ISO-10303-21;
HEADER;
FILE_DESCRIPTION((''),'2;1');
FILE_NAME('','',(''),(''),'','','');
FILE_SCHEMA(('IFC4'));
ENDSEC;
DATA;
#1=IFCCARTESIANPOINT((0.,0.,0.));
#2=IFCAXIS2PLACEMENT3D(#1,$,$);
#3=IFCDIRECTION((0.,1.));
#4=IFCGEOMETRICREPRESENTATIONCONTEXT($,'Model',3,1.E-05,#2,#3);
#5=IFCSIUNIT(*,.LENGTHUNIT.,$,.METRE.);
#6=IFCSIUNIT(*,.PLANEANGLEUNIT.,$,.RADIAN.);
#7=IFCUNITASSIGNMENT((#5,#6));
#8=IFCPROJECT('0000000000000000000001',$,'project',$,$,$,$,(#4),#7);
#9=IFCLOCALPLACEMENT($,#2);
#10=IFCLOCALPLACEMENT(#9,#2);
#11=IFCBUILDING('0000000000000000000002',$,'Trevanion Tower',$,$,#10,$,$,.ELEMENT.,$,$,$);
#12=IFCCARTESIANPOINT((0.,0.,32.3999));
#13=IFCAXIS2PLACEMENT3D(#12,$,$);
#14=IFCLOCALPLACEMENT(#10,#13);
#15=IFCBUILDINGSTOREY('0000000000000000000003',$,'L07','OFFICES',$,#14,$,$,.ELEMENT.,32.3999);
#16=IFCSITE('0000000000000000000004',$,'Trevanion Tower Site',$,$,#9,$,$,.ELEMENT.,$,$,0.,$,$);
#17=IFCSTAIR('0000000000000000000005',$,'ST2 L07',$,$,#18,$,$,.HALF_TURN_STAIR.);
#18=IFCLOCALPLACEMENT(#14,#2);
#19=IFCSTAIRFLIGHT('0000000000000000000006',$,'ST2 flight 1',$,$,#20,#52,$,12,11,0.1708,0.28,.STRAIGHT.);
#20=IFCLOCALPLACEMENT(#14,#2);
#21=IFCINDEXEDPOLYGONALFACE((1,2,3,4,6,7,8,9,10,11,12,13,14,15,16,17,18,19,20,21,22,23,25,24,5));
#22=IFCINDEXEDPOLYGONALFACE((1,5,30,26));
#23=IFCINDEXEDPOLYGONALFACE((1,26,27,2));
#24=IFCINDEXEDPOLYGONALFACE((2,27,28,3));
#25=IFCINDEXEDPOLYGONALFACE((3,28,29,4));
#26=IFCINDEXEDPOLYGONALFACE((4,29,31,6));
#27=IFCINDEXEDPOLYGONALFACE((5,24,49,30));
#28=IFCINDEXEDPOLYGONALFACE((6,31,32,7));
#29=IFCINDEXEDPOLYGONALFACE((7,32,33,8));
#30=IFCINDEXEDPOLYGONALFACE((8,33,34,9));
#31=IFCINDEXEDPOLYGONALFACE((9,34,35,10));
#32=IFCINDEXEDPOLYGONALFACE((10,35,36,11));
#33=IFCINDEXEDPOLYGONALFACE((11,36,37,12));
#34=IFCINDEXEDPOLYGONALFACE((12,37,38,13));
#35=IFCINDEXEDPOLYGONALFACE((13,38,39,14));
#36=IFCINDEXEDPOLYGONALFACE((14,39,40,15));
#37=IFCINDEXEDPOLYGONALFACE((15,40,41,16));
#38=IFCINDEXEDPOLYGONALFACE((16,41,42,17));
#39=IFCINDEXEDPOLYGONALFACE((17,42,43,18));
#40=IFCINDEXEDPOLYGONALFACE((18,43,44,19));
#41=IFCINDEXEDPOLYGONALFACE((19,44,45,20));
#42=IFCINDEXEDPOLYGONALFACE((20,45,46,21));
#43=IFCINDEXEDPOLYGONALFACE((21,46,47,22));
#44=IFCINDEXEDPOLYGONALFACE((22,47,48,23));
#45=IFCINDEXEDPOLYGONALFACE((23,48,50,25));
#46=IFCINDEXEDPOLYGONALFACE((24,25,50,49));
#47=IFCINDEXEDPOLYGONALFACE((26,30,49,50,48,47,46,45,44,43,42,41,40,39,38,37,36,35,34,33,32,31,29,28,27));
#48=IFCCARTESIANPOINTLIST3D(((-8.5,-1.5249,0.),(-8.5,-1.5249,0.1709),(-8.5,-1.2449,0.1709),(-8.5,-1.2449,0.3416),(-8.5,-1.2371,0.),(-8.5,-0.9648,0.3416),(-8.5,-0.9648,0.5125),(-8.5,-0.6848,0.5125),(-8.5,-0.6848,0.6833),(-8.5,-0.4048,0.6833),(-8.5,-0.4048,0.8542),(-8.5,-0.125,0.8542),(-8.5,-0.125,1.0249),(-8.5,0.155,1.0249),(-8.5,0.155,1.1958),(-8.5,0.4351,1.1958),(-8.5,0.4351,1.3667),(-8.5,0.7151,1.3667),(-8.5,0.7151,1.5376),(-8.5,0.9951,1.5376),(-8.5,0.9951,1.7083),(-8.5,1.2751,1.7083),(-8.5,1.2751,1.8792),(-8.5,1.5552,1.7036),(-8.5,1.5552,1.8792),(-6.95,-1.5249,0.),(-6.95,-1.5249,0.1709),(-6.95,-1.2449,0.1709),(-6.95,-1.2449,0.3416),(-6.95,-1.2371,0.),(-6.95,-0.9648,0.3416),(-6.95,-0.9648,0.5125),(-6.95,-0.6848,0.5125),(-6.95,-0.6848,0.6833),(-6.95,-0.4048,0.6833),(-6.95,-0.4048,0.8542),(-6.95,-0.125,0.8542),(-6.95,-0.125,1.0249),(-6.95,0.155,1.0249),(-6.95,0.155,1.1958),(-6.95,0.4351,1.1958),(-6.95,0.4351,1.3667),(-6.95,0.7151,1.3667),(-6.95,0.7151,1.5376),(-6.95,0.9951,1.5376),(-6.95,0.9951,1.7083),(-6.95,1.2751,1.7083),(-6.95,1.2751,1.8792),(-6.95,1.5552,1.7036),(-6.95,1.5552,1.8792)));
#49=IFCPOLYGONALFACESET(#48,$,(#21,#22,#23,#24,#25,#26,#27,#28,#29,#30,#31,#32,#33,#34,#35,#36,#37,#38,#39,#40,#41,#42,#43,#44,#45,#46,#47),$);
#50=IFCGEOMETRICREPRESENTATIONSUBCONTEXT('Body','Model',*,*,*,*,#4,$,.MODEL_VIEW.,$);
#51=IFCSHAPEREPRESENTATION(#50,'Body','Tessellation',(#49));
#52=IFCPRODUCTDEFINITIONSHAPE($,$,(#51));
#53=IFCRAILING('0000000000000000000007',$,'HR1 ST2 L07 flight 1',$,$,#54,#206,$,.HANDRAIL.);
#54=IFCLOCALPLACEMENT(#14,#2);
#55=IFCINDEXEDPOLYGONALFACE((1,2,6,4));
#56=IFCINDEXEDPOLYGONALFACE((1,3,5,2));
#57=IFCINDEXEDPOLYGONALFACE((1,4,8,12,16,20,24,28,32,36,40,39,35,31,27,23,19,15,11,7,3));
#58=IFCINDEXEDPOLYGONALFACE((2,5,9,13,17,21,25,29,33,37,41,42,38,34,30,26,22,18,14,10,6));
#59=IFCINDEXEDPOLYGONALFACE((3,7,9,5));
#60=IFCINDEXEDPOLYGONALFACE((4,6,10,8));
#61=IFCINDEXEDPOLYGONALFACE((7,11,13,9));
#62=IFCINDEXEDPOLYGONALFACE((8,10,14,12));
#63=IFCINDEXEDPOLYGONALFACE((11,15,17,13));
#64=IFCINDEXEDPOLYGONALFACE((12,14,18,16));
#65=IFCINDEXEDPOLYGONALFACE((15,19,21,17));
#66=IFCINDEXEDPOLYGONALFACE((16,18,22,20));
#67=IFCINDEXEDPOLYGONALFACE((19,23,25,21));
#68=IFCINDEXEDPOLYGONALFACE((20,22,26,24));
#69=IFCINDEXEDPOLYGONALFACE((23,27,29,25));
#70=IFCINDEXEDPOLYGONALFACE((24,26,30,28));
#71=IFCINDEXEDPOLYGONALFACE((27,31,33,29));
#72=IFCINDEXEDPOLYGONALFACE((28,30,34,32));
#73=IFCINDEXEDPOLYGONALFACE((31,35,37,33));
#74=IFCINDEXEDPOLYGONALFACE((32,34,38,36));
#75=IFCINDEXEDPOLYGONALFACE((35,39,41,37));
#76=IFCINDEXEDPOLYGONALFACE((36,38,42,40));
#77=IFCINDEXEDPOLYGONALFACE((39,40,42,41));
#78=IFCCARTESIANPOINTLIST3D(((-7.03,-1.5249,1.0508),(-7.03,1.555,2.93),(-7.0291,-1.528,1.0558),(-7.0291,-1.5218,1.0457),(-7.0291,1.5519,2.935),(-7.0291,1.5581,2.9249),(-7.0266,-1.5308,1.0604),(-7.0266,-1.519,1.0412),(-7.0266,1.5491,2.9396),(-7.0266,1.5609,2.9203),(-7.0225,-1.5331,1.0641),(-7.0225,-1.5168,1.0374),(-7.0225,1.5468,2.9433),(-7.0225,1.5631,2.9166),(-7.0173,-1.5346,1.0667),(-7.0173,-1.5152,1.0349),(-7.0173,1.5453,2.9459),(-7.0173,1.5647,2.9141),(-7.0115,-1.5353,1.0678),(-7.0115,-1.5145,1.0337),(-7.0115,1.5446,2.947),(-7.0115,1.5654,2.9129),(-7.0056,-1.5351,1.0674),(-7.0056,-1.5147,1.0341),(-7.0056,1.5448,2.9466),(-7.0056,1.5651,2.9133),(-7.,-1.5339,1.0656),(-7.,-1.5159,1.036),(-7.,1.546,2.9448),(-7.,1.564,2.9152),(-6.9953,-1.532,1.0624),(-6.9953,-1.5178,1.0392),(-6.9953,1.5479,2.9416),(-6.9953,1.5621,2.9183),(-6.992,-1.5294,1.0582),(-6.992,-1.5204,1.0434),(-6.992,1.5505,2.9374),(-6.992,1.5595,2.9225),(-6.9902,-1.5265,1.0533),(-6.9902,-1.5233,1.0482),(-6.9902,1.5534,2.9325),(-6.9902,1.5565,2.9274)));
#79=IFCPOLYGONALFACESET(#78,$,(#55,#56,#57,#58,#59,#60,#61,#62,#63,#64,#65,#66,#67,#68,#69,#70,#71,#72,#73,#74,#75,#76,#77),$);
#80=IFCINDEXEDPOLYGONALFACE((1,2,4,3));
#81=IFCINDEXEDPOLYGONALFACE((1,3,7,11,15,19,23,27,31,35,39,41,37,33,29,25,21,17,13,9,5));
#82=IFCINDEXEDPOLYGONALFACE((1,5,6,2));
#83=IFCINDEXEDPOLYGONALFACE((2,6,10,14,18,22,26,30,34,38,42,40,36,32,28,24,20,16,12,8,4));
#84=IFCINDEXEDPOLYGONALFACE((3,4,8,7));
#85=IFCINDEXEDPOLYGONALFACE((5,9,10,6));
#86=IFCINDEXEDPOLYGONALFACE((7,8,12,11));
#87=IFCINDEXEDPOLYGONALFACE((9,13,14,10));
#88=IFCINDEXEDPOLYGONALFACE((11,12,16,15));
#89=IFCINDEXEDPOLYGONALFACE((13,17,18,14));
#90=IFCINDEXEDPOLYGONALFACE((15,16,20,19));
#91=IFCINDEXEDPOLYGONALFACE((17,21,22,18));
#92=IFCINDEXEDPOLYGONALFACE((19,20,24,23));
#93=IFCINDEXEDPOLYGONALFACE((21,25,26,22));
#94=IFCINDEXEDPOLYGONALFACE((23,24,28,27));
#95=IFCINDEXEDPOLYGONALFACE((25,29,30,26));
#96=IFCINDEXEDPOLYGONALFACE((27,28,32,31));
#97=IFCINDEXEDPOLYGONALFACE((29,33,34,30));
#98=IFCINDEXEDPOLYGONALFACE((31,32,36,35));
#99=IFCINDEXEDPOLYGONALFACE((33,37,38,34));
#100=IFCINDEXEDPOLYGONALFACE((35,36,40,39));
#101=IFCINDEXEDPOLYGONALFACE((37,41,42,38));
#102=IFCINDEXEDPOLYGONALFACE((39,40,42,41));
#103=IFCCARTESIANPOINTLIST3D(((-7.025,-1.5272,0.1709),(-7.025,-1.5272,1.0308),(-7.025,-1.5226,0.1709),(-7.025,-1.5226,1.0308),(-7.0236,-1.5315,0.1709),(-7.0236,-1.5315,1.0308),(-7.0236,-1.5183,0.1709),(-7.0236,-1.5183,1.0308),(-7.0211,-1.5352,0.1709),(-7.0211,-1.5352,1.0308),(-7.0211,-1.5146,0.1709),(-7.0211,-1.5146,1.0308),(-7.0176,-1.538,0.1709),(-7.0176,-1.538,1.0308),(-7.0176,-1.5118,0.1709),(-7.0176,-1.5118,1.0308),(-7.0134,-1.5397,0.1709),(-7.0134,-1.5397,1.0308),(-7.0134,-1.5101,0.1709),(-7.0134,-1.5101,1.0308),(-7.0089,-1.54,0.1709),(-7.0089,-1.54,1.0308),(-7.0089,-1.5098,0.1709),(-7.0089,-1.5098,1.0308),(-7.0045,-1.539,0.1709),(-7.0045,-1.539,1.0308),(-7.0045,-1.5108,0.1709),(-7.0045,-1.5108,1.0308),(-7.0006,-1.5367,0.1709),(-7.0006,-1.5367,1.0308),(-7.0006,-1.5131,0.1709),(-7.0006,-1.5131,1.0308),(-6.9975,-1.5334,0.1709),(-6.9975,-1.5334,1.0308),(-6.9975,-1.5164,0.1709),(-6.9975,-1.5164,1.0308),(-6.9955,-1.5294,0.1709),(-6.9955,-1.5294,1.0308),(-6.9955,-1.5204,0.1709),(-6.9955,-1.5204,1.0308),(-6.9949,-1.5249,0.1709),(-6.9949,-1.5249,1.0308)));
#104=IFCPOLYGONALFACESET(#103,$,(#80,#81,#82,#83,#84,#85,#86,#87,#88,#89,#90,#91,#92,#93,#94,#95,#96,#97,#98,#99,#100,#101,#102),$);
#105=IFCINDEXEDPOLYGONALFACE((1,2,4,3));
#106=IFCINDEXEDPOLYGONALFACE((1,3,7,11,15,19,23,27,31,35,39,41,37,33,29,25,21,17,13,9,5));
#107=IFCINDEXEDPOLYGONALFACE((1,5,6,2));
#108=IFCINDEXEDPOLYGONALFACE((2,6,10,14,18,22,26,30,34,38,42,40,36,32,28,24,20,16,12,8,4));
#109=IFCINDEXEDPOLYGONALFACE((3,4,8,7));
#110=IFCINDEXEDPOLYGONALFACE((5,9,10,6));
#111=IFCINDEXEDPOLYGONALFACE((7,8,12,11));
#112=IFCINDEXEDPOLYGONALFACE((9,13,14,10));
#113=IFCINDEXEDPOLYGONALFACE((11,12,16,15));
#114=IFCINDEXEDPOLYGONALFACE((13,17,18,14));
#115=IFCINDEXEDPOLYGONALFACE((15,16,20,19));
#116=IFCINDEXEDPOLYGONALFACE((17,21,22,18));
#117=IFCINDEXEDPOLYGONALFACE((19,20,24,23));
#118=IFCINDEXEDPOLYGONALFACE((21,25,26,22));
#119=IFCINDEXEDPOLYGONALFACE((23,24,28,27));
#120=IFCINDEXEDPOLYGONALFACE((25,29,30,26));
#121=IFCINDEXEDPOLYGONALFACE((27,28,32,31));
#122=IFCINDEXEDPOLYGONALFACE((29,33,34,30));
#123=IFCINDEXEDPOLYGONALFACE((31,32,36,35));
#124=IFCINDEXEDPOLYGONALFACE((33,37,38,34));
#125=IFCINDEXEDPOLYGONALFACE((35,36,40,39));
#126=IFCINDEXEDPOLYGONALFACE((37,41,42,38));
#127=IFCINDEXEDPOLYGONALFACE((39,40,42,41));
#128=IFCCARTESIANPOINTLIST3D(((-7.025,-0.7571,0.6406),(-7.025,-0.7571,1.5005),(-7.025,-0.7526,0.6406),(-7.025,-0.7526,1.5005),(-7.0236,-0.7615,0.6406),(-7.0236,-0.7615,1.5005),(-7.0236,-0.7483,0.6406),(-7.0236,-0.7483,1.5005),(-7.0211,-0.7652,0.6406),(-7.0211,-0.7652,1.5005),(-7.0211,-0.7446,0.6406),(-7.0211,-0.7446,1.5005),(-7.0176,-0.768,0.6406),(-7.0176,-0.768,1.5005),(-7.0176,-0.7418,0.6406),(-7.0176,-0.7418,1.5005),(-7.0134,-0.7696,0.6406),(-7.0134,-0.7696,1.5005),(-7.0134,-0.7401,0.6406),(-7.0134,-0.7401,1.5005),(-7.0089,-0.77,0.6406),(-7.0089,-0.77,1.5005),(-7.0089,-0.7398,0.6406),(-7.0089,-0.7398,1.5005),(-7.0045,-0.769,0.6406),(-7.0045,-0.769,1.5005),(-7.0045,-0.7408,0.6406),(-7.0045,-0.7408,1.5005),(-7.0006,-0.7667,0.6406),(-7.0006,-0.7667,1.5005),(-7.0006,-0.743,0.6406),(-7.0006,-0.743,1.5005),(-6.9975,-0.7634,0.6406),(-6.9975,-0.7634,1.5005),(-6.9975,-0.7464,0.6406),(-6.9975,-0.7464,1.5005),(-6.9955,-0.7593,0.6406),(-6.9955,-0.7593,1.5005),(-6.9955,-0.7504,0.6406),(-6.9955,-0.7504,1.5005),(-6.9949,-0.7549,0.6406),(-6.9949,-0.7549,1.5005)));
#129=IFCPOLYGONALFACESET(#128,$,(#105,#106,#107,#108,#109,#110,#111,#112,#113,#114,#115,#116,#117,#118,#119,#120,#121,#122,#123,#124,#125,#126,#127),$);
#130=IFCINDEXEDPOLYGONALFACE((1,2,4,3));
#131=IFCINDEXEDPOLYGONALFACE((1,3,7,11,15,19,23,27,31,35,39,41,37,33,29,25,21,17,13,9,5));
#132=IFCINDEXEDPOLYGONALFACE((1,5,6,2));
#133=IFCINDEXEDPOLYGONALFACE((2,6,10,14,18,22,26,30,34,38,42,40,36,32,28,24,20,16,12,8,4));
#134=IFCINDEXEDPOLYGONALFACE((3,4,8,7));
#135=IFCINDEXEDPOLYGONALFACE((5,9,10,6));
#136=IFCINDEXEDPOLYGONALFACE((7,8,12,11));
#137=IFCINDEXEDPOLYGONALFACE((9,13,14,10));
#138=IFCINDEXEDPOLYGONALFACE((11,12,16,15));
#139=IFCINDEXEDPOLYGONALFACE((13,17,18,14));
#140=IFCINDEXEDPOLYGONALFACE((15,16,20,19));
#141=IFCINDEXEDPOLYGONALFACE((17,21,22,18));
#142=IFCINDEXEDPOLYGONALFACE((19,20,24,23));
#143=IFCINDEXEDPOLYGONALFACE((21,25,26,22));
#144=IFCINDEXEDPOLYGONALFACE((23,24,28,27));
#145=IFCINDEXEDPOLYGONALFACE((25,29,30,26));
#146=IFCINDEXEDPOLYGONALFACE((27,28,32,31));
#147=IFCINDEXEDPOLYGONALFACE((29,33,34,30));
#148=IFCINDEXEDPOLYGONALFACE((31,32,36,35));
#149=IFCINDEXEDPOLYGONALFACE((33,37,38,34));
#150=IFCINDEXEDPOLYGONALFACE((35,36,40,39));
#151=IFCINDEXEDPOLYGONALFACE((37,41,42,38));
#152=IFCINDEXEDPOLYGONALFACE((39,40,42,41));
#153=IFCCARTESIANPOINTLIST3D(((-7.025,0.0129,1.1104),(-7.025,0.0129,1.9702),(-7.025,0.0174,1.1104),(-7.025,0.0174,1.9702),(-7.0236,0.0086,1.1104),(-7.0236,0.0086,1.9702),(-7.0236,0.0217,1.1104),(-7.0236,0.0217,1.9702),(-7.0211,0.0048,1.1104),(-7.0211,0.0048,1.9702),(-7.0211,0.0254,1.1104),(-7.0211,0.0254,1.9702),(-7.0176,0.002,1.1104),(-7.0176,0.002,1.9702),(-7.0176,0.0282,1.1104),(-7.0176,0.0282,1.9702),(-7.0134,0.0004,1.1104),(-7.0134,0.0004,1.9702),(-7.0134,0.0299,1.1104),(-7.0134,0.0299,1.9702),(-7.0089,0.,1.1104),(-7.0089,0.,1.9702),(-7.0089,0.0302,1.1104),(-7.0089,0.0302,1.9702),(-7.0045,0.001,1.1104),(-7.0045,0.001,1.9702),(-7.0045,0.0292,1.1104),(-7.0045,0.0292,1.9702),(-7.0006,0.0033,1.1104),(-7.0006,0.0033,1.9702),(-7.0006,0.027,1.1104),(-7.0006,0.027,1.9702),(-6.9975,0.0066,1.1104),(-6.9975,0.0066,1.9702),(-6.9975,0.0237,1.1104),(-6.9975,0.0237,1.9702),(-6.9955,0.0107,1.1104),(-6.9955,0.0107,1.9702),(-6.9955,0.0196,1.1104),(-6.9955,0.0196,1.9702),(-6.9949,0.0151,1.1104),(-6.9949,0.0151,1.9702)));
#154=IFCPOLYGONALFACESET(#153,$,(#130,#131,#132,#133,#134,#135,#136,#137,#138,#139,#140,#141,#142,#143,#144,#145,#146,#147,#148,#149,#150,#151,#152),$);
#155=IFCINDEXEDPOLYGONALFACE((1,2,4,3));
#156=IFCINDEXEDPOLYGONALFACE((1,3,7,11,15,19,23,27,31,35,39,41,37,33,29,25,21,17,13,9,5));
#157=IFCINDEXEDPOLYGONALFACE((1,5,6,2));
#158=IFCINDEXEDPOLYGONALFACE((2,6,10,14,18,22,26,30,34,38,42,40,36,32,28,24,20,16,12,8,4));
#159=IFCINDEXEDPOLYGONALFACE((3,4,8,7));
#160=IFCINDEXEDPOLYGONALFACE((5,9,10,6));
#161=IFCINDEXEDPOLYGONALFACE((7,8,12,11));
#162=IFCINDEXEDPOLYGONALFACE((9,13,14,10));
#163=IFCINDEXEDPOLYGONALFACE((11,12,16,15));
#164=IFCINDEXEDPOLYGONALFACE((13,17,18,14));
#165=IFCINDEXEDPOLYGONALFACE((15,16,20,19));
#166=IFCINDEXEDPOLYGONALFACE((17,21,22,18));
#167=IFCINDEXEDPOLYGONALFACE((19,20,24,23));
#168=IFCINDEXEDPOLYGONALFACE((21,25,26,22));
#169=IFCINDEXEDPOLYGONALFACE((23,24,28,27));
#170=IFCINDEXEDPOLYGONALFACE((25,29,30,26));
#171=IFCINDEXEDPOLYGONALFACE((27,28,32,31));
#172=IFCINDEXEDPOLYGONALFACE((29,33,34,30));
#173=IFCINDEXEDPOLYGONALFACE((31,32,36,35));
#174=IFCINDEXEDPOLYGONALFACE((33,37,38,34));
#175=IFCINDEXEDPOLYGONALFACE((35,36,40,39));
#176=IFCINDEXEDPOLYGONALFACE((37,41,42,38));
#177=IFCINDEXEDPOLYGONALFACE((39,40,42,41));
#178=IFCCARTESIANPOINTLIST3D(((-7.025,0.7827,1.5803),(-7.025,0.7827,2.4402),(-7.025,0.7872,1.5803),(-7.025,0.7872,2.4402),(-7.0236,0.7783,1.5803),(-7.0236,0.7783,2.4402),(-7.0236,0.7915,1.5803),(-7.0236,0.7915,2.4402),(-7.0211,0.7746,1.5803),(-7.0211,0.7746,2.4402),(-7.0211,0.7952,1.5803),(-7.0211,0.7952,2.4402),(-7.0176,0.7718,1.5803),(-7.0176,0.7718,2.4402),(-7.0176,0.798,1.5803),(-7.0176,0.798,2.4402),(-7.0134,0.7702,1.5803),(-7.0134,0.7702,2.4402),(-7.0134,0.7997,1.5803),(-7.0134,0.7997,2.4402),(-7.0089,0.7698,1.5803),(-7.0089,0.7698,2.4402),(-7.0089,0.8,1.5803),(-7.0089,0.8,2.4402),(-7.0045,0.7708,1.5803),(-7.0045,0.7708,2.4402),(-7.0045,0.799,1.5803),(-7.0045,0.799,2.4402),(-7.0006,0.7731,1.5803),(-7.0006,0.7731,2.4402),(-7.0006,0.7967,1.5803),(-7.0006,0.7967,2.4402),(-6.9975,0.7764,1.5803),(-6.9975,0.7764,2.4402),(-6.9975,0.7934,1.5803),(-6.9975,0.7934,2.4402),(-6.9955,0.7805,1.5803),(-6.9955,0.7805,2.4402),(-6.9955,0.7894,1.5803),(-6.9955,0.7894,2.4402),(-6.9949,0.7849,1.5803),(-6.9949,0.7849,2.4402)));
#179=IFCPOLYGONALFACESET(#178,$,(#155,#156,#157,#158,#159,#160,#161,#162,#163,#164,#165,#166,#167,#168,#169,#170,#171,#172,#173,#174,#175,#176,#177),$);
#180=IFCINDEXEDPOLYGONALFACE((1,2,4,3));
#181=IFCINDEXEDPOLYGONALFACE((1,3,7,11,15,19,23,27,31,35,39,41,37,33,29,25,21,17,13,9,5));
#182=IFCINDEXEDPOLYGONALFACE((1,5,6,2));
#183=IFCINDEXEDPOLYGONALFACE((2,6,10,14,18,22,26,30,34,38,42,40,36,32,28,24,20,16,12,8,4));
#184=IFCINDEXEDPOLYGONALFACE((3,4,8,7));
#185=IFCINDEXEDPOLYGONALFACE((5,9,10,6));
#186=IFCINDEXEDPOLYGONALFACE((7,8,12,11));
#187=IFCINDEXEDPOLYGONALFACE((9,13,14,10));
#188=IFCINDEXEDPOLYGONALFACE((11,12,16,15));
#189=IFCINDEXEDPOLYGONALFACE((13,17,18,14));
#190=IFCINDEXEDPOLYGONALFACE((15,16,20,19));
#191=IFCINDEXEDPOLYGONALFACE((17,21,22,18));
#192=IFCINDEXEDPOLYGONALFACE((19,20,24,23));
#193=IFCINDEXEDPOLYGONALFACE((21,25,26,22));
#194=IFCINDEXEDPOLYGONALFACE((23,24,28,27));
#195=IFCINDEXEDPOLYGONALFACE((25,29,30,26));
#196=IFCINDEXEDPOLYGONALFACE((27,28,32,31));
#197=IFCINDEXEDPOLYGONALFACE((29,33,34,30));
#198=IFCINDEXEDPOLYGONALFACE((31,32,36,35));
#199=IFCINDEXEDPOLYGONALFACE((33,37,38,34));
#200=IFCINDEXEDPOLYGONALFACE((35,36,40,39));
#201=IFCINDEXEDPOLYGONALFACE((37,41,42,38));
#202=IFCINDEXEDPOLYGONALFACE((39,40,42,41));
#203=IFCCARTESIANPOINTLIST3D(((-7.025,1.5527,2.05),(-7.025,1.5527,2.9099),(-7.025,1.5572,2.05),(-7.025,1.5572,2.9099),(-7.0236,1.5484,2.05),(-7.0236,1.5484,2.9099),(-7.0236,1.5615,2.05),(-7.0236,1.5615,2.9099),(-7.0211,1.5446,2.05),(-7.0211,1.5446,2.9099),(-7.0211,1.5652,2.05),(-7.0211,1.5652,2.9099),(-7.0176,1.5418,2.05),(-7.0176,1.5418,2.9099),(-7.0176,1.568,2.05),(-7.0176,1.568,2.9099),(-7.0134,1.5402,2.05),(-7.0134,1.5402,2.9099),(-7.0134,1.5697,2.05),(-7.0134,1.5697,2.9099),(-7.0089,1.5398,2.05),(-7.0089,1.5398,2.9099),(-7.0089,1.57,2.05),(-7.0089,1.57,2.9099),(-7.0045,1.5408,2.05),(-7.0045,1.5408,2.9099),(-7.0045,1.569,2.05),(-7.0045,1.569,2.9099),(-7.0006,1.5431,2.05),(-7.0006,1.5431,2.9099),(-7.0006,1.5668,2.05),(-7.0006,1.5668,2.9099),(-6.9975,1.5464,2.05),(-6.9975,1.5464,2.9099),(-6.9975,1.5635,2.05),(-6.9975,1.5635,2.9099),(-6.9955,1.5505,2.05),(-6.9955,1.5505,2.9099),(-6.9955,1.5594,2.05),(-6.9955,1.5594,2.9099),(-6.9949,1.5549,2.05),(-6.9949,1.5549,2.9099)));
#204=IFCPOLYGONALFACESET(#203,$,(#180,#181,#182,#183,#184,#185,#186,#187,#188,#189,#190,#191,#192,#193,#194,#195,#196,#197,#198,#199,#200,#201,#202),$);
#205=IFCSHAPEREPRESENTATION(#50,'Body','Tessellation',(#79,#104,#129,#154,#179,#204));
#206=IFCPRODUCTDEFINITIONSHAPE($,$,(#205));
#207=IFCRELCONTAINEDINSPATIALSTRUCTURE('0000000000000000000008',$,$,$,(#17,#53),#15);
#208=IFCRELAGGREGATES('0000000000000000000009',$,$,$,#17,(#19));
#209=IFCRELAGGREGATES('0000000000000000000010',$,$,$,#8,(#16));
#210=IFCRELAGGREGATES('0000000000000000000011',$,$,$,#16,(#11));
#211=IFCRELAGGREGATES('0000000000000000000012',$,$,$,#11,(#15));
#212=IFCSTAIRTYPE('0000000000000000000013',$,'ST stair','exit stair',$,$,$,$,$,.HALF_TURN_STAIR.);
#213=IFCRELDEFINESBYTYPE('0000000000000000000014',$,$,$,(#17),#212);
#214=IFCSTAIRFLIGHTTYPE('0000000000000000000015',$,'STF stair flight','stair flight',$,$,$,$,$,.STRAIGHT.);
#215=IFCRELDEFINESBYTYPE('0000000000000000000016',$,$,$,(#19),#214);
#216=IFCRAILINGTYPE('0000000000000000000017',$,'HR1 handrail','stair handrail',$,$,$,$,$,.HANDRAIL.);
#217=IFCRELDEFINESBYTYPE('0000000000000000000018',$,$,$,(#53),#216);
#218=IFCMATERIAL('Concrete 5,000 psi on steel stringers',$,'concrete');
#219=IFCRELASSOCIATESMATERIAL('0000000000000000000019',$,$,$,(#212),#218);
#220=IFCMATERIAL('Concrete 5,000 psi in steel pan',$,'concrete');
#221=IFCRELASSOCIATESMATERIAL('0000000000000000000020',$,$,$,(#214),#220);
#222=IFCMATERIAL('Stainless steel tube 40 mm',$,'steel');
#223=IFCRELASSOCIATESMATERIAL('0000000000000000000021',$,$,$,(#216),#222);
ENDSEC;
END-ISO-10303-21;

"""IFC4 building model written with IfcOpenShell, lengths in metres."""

from ifc_helpers import new_model, si_unit, direction, frame, origin, origin_2d, place, context, subcontext, project, spatial, polyline, circle, outline, extrude, material, type_object, element, aggregate, save


model = new_model("IFC4")

# Units and contexts
model_context = context("Model", 3, precision=1e-05, world=origin(), true_north=direction((0.0, 1.0)))
body_context = subcontext(model_context, "Body", "Model", "MODEL_VIEW")
ifc_project = project(units=[si_unit("LENGTHUNIT", "METRE"), si_unit("PLANEANGLEUNIT", "RADIAN")], contexts=[model_context])

# Site, building, storey
site_placement = place(None, origin())
site = spatial("IfcSite", under=ifc_project, at=site_placement, Name="Trevanion Tower Site", CompositionType="ELEMENT", RefElevation=0.0)
building_placement = place(site_placement, origin())
building = spatial("IfcBuilding", under=site, at=building_placement, Name="Trevanion Tower", CompositionType="ELEMENT")
storey_placement = place(building_placement, frame((0.0, 0.0, 32.3999)))
storey = spatial("IfcBuildingStorey", under=building, at=storey_placement, Name="L07", Description="OFFICES", CompositionType="ELEMENT", Elevation=32.3999)

# Stair, stair flight
ifc_material_1 = material(Name="Concrete 5,000 psi on steel stringers", Category="concrete")
stair_type = type_object("IfcStairType", Name="ST stair", Description="exit stair", PredefinedType="HALF_TURN_STAIR", material=ifc_material_1)
stair_placement = place(storey_placement, origin())
stair = element("IfcStair", 1, at=stair_placement, inside=storey, type_object=stair_type, Name="ST2 L07", PredefinedType="HALF_TURN_STAIR")
ifc_material_2 = material(Name="Concrete 5,000 psi in steel pan", Category="concrete")
stair_flight_type = type_object("IfcStairFlightType", Name="STF stair flight", Description="stair flight", PredefinedType="STRAIGHT", material=ifc_material_2)
stair_flight_placement = place(storey_placement, frame((-7.7251, -1.5249, 0.0), z_axis=(0.0, 0.0, 1.0), x_axis=(0.0, 1.0, 0.0)))
stair_flight = element("IfcStairFlight", 2, at=stair_flight_placement, type_object=stair_flight_type, Name="ST2 flight 1", NumberOfRisers=12, NumberOfTreads=11, PredefinedType="STRAIGHT", RiserHeight=0.1708, TreadLength=0.28, context=body_context, shape_type="SweptSolid", body=[
    extrude(outline(polyline([(0.0, 0.0), (0.0, 0.1709), (0.28, 0.1709), (0.28, 0.3416), (0.5601, 0.3416), (0.5601, 0.5125), (0.8401, 0.5125), (0.8401, 0.6833), (1.1201, 0.6833), (1.1201, 0.8542), (1.3999, 0.8542), (1.3999, 1.0249), (1.6799, 1.0249), (1.6799, 1.1958), (1.96, 1.1958), (1.96, 1.3667), (2.24, 1.3667), (2.24, 1.5376), (2.52, 1.5376), (2.52, 1.7083), (2.8, 1.7083), (2.8, 1.8792), (3.0801, 1.8792), (3.0801, 2.05), (3.0801, 1.7036), (0.2878, 0.0), (0.0, 0.0)])), frame((0.0, 0.7749, 0.0), z_axis=(0.0, -1.0, 0.0), x_axis=(1.0, 0.0, 0.0)), (0.0, 0.0, 1.0), 1.55),
])
aggregate(stair, [stair_flight])

# Railing
ifc_material_3 = material(Name="Stainless steel tube 40 mm", Category="steel")
railing_type = type_object("IfcRailingType", Name="HR1 handrail", Description="stair handrail", PredefinedType="HANDRAIL", material=ifc_material_3)
for number, where, name in (
    (3, (-7.01, -1.5249, 0.1709), "HR1 ST2 L07 flight 1"),
):
    element("IfcRailing", number, at=place(storey_placement, frame(where)), inside=storey, type_object=railing_type, Name=name, PredefinedType="HANDRAIL", context=body_context, shape_type="SweptSolid", body=[
        extrude(circle(Radius=0.02, at=origin_2d()), frame((0.0, 0.0, 0.8799), z_axis=(0.0, 0.853648, 0.52085), x_axis=(-1.0, 0.0, 0.0)), (0.0, 0.0, 1.0), 3.6079),
        extrude(circle(Radius=0.0151, at=origin_2d()), origin(), (0.0, 0.0, 1.0), 0.8599),
        extrude(circle(Radius=0.0151, at=origin_2d()), frame((0.0, 0.77, 0.4697)), (0.0, 0.0, 1.0), 0.8599),
        extrude(circle(Radius=0.0151, at=origin_2d()), frame((0.0, 1.54, 0.9395)), (0.0, 0.0, 1.0), 0.8599),
        extrude(circle(Radius=0.0151, at=origin_2d()), frame((0.0, 2.3098, 1.4094)), (0.0, 0.0, 1.0), 0.8599),
        extrude(circle(Radius=0.0151, at=origin_2d()), frame((0.0, 3.0798, 1.8792)), (0.0, 0.0, 1.0), 0.8599),
    ])

save(model, "model.ifc")
